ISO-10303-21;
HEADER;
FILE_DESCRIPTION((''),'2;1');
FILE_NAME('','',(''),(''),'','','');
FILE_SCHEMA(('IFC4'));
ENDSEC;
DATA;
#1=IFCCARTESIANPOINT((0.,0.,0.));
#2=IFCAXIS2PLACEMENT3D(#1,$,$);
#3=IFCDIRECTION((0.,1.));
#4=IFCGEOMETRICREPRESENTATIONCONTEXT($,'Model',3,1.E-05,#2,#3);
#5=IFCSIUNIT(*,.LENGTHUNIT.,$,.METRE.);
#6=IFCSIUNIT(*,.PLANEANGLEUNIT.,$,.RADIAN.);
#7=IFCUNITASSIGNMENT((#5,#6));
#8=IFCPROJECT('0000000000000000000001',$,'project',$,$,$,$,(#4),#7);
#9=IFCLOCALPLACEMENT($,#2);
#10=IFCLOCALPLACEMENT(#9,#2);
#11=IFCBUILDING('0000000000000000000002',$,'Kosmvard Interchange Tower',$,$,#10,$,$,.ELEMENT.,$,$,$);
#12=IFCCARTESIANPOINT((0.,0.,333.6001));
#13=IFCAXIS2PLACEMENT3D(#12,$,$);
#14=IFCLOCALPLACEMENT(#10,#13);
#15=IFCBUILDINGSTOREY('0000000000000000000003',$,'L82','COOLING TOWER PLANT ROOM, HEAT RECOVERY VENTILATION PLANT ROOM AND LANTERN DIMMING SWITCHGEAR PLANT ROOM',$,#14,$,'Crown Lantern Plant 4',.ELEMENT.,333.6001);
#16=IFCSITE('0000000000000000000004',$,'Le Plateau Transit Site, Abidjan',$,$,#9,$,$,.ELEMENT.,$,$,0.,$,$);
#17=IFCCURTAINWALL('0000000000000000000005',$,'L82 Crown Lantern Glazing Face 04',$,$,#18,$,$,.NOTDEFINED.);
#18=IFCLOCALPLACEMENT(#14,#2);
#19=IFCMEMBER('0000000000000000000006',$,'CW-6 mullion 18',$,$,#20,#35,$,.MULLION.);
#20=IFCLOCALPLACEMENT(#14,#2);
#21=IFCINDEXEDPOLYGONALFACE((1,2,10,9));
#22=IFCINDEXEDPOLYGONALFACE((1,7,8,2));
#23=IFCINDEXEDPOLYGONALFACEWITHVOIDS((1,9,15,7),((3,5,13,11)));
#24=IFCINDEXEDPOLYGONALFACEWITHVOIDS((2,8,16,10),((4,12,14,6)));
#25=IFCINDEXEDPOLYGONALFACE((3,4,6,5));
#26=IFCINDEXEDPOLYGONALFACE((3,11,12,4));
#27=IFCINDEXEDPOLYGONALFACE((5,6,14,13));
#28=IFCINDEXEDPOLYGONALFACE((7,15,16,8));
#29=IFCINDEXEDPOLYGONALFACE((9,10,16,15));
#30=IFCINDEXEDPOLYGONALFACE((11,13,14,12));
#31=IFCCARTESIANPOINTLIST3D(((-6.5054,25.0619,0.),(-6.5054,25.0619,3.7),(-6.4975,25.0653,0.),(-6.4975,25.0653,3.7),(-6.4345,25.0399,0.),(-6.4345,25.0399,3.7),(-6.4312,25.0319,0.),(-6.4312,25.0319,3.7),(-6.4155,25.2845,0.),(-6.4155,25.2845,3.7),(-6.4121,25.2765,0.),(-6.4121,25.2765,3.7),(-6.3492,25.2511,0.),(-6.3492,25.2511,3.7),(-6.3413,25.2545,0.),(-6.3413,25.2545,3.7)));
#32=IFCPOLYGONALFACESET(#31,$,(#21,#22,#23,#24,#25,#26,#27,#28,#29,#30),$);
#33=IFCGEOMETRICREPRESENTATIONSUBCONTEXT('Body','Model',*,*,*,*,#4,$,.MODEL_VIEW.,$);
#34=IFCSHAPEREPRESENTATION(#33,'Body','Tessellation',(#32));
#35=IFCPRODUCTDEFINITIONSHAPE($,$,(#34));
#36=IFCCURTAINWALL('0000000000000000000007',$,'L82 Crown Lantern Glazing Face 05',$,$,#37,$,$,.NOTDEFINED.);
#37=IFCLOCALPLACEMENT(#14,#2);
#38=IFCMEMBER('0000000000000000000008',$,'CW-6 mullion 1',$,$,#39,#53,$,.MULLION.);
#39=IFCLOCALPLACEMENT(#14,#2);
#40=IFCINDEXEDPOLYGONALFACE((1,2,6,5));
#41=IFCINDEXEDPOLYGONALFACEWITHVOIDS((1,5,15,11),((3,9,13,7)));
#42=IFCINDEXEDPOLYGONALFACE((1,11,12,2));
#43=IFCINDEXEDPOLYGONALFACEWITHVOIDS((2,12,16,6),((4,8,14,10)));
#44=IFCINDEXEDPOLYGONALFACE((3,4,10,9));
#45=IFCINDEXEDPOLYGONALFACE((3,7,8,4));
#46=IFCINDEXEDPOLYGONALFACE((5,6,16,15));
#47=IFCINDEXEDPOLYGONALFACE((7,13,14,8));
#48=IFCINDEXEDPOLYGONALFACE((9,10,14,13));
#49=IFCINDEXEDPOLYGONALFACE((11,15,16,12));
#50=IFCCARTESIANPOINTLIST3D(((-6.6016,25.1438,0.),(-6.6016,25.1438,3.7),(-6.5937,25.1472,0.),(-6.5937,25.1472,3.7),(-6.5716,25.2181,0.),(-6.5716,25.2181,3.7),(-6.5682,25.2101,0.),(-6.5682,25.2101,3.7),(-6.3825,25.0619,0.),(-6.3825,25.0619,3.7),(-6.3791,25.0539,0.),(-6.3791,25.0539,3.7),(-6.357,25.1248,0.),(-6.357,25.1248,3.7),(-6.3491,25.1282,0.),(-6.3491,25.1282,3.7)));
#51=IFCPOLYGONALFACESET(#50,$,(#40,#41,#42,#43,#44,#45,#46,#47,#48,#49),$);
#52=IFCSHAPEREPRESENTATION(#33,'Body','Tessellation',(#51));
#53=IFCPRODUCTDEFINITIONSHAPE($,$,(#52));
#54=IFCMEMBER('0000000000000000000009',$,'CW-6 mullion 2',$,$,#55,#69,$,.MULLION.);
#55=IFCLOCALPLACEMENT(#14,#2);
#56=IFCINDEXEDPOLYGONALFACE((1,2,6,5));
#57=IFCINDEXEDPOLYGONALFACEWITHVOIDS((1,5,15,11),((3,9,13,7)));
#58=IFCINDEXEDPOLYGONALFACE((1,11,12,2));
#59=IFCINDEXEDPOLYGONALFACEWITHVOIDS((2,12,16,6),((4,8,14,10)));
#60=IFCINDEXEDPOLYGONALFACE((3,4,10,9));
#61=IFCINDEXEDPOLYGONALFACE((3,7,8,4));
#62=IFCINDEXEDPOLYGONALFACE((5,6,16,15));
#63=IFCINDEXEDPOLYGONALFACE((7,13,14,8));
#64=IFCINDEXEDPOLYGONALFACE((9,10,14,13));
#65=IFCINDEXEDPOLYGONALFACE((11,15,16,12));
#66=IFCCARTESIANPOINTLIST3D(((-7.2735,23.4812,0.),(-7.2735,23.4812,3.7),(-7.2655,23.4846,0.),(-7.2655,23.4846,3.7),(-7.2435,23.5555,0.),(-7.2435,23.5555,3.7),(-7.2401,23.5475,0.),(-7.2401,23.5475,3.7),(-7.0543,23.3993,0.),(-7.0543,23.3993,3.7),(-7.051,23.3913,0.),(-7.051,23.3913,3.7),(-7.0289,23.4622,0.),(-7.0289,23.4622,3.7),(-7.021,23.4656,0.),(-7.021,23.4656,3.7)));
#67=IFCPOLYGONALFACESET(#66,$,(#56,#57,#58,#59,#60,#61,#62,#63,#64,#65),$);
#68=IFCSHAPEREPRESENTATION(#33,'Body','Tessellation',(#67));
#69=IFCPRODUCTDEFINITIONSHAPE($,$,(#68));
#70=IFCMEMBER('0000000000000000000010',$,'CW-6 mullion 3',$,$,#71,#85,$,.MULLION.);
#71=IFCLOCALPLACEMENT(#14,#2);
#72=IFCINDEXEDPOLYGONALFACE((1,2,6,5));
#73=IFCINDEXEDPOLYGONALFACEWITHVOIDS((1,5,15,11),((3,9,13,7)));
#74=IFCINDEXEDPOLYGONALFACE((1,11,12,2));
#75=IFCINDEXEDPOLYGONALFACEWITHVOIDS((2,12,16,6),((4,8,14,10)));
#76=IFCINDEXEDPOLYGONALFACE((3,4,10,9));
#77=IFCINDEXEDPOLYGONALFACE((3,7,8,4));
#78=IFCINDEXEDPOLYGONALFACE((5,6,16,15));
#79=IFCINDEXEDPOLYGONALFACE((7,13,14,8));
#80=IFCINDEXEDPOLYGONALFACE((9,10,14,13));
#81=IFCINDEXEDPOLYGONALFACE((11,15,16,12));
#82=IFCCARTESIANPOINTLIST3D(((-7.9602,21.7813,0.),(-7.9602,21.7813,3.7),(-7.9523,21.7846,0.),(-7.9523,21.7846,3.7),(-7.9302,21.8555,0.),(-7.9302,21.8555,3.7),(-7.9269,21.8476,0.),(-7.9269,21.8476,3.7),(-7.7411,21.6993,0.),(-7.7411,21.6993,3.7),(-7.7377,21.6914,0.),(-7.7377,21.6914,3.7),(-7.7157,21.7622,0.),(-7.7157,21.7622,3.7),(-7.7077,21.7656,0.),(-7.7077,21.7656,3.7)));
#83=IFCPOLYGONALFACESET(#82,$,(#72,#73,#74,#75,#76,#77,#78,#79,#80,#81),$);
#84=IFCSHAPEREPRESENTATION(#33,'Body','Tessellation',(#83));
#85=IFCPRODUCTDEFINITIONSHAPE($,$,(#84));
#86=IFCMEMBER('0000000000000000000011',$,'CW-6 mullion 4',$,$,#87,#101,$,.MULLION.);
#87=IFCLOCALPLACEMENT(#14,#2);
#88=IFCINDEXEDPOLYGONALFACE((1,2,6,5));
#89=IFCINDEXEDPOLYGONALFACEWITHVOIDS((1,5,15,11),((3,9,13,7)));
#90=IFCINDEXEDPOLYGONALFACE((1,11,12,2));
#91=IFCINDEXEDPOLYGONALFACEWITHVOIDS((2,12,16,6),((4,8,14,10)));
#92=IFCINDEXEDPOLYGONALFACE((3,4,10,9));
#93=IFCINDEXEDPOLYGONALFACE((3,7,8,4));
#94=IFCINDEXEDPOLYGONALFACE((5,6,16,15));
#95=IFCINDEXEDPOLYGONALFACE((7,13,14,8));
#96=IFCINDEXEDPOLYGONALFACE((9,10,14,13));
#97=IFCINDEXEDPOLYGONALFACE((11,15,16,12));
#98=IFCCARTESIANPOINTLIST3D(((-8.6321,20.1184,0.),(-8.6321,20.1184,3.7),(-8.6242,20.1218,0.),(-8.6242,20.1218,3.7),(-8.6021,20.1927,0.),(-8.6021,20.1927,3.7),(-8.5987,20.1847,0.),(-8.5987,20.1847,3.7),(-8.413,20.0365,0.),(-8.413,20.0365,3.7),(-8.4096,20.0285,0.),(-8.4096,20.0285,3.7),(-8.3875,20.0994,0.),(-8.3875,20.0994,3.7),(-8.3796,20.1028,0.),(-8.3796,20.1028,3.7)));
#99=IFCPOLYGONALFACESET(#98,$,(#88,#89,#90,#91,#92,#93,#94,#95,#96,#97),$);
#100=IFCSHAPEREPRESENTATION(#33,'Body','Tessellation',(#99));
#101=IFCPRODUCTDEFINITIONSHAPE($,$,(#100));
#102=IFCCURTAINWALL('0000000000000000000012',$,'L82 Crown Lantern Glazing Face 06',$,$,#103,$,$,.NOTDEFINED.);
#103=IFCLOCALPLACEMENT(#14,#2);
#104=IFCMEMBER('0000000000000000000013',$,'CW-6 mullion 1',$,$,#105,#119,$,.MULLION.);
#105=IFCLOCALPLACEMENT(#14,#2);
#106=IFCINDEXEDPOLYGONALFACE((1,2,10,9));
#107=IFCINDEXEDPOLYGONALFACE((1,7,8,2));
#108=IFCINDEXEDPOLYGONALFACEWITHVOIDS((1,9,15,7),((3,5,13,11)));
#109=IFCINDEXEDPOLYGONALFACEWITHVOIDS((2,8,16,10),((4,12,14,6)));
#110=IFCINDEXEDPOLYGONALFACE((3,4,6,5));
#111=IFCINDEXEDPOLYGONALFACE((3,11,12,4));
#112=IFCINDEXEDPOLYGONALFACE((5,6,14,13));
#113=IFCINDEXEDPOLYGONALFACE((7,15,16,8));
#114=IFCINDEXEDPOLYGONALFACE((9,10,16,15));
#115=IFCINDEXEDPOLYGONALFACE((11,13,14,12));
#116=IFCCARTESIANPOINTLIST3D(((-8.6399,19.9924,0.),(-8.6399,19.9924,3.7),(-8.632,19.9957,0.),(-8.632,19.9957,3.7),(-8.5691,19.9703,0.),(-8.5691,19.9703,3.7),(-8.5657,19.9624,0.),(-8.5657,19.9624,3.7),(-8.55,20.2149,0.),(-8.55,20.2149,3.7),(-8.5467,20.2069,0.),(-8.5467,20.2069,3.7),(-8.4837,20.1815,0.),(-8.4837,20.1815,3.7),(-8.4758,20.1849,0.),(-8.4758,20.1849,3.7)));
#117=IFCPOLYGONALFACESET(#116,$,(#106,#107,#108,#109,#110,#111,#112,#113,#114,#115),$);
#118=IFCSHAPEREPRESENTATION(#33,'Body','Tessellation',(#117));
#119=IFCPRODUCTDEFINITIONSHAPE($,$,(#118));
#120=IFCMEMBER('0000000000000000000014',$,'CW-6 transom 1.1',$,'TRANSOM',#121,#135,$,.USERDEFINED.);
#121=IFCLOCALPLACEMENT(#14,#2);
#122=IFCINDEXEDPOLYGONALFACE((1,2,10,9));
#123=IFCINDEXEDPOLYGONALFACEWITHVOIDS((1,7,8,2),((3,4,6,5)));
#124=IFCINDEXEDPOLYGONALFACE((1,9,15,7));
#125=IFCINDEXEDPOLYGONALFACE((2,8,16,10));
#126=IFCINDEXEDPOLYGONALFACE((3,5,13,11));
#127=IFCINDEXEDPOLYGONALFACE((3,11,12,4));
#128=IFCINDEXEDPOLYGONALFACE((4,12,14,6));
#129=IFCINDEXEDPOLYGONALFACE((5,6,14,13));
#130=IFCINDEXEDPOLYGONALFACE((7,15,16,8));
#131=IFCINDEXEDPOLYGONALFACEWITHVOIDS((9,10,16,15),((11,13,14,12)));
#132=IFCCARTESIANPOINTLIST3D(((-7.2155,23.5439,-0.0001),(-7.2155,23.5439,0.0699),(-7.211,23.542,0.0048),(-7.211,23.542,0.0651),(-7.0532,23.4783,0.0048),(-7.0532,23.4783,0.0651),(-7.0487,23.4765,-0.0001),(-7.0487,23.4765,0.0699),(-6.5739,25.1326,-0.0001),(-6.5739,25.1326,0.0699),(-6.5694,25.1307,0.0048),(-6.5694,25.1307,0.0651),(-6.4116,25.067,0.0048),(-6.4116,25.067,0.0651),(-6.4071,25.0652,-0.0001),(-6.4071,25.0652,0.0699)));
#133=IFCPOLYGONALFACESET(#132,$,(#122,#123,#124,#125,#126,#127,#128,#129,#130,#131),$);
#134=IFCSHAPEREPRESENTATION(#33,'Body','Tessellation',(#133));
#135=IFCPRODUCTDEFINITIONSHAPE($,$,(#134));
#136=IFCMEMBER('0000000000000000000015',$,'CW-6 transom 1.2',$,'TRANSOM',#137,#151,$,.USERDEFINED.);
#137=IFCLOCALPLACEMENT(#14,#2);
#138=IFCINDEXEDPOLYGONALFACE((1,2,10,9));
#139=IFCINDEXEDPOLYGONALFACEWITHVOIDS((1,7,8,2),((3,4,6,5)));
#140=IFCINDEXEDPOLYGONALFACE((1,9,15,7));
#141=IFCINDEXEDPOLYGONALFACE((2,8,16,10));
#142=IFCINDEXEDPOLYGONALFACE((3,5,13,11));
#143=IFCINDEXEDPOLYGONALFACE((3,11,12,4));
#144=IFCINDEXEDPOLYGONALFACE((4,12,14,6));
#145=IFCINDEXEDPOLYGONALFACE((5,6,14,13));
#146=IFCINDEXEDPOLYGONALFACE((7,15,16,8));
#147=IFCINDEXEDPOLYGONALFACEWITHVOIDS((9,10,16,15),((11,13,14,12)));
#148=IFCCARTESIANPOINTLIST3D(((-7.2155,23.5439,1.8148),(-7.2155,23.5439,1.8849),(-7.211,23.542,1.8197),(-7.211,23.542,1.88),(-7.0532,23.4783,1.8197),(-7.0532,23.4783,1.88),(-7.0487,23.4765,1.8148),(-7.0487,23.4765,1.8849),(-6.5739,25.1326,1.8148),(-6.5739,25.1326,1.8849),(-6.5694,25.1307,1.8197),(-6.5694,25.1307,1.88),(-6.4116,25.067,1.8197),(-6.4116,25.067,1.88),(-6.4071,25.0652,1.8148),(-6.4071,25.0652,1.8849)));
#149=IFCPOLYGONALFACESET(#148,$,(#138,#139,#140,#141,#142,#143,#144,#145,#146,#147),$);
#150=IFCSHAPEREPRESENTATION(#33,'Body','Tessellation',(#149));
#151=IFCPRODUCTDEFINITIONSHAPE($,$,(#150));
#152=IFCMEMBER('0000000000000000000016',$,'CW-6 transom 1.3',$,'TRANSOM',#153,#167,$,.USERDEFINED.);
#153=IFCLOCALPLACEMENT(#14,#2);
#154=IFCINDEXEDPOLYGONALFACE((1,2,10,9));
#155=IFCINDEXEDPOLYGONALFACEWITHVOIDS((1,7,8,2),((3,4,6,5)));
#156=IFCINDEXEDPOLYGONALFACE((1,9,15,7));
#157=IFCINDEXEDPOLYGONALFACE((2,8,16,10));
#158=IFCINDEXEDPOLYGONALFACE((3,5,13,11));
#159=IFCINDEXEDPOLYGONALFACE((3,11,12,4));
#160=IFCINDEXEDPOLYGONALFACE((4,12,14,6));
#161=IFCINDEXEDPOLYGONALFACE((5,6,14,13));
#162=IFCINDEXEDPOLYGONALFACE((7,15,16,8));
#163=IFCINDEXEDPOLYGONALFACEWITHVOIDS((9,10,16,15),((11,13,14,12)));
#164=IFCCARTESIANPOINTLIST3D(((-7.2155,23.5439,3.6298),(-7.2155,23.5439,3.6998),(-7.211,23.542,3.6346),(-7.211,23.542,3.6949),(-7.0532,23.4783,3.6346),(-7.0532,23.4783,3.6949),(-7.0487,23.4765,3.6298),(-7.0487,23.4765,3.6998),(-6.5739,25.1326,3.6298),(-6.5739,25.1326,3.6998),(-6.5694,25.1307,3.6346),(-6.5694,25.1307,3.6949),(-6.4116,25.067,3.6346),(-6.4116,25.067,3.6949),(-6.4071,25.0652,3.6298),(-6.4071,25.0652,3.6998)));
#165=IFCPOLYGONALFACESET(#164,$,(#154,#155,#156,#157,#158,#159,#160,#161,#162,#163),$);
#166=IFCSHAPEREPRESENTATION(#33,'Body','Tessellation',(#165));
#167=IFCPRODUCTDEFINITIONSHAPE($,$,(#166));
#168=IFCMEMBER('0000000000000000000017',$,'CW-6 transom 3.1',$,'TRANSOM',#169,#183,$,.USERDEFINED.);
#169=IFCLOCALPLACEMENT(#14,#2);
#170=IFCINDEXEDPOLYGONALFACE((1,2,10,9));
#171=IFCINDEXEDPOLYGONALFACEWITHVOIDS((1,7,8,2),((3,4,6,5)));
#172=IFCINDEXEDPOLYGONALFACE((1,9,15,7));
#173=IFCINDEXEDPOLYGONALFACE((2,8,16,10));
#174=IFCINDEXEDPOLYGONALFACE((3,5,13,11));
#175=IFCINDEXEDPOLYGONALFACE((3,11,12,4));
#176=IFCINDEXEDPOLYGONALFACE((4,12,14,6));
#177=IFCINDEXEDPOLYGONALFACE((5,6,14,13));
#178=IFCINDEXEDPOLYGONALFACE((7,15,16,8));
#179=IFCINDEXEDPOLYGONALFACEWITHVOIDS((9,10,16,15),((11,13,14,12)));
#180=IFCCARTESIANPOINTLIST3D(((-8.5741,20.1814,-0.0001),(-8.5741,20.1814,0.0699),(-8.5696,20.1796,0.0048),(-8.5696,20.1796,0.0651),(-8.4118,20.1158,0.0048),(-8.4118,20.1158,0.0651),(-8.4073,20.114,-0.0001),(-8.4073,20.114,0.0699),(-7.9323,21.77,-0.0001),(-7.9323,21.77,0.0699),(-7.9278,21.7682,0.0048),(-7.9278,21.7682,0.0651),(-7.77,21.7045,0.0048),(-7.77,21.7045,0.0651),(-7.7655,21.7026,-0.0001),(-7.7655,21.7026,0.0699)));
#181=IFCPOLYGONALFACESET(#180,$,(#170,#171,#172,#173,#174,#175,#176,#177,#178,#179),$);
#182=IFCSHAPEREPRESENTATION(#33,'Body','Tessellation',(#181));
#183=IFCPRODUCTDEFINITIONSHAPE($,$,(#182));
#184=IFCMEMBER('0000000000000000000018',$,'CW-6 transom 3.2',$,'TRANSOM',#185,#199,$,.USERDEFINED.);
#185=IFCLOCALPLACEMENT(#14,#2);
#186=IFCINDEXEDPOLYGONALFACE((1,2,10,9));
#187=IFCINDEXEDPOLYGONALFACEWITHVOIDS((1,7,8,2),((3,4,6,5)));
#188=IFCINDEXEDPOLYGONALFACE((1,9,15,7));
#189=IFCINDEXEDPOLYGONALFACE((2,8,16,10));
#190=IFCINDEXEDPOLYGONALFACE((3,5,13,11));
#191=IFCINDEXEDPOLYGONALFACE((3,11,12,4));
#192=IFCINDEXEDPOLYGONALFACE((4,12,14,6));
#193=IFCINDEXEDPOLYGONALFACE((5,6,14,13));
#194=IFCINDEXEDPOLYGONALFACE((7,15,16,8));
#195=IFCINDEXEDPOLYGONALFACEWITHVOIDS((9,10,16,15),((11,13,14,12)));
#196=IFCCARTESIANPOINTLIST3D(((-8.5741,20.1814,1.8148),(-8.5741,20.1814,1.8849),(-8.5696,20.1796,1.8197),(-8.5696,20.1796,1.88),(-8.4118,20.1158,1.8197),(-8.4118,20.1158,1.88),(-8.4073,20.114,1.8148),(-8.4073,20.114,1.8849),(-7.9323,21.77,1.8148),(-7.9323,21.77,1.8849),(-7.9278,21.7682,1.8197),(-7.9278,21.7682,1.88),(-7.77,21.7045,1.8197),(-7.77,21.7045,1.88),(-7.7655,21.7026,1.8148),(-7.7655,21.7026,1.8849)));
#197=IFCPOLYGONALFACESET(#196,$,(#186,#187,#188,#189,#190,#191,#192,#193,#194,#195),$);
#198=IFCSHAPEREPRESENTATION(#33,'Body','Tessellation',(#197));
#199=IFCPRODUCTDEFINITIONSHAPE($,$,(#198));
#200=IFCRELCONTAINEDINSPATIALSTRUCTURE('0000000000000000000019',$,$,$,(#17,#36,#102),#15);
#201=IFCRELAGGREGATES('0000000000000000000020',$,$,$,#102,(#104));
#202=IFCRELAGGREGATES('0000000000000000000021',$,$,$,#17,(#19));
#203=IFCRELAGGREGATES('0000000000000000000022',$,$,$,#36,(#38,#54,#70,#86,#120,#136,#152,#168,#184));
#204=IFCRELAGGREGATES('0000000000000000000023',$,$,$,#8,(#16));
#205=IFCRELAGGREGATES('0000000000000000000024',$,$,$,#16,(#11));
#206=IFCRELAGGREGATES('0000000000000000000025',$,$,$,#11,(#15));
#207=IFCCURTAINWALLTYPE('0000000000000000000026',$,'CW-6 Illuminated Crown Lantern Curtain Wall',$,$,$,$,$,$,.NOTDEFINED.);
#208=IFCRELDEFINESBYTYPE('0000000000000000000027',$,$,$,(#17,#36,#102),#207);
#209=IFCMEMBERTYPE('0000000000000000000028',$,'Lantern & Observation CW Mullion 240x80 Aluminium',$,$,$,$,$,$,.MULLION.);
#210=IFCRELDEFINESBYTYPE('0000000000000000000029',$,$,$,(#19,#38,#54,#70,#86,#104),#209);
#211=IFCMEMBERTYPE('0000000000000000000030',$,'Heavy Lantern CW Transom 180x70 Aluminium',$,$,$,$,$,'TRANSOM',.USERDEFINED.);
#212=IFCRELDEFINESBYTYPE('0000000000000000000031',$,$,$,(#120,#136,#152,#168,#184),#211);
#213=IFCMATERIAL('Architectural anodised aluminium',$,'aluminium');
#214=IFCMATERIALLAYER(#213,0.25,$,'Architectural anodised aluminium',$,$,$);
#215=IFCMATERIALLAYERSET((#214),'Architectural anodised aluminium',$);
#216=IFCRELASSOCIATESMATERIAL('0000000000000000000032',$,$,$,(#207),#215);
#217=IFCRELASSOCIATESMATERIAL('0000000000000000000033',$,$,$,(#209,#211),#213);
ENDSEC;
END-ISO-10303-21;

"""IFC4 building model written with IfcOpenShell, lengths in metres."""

from ifc_helpers import new_model, si_unit, direction, frame, origin, origin_2d, place, context, subcontext, project, spatial, hollow_rectangle, extrude, source, transform, mapped, material, layer, layer_set, material_profile, profile_set, type_object, element, aggregate, save


model = new_model("IFC4")

# Units and contexts
model_context = context("Model", 3, precision=1e-05, world=origin(), true_north=direction((0.0, 1.0)))
body_context = subcontext(model_context, "Body", "Model", "MODEL_VIEW")
ifc_project = project(units=[si_unit("LENGTHUNIT", "METRE"), si_unit("PLANEANGLEUNIT", "RADIAN")], contexts=[model_context])

# Site, building, storey
site_placement = place(None, origin())
site = spatial("IfcSite", under=ifc_project, at=site_placement, Name="Le Plateau Transit Site, Abidjan", CompositionType="ELEMENT", RefElevation=0.0)
building_placement = place(site_placement, origin())
building = spatial("IfcBuilding", under=site, at=building_placement, Name="Kosmvard Interchange Tower", CompositionType="ELEMENT")
storey_placement = place(building_placement, frame((0.0, 0.0, 333.6001)))
storey = spatial("IfcBuildingStorey", under=building, at=storey_placement, Name="L82", Description="COOLING TOWER PLANT ROOM, HEAT RECOVERY VENTILATION PLANT ROOM AND LANTERN DIMMING SWITCHGEAR PLANT ROOM", LongName="Crown Lantern Plant 4", CompositionType="ELEMENT", Elevation=333.6001)

# Curtain wall, member
ifc_material_1 = material(Name="Architectural anodised aluminium", Category="aluminium")
ifc_layer_1 = layer(ifc_material_1, 0.25, Name="Architectural anodised aluminium")
ifc_layer_set_1 = layer_set([ifc_layer_1], Name="Architectural anodised aluminium")
curtain_wall_type = type_object("IfcCurtainWallType", Name="CW-6 Illuminated Crown Lantern Curtain Wall", PredefinedType="NOTDEFINED", material=ifc_layer_set_1)
curtain_wall_1_placement = place(storey_placement, origin())
curtain_wall_1 = element("IfcCurtainWall", 1, at=curtain_wall_1_placement, inside=storey, type_object=curtain_wall_type, Name="L82 Crown Lantern Glazing Face 04", PredefinedType="NOTDEFINED")
ifc_material_profile_1 = material_profile(ifc_material_1, hollow_rectangle(XDim=0.24, YDim=0.0801, WallThickness=0.0061, at=origin_2d()), Name="CWM 240x80x6")
ifc_profile_set_1 = profile_set([ifc_material_profile_1], Name="Architectural anodised aluminium")
member_type_1 = type_object("IfcMemberType", Name="Lantern & Observation CW Mullion 240x80 Aluminium", PredefinedType="MULLION", material=ifc_profile_set_1)
shared_shape_1 = source(origin(), body_context, "Body", "SweptSolid", [
    extrude(hollow_rectangle(XDim=0.24, YDim=0.0801, WallThickness=0.0061, at=origin_2d()), origin(), (0.0, 0.0, 1.0), 3.7),
])
member_1_placement = place(storey_placement, frame((-6.4233, 25.1582, 0.0), z_axis=(0.0, 0.0, 1.0), x_axis=(-0.374607, -0.927184, 0.0)))
member_1 = element("IfcMember", 2, at=member_1_placement, type_object=member_type_1, Name="CW-6 mullion 18", PredefinedType="MULLION", context=body_context, shape_type="MappedRepresentation", body=[
    mapped(shared_shape_1, transform((0.0, 0.0, 0.0), scale=1.0)),
])

# Curtain wall, members
curtain_wall_2_placement = place(storey_placement, origin())
curtain_wall_2 = element("IfcCurtainWall", 3, at=curtain_wall_2_placement, inside=storey, type_object=curtain_wall_type, Name="L82 Crown Lantern Glazing Face 05", PredefinedType="NOTDEFINED")
member_2_placement = place(storey_placement, frame((-6.4753, 25.136, 0.0), z_axis=(0.0, 0.0, 1.0), x_axis=(0.927184, -0.374607, 0.0)))
member_2 = element("IfcMember", 4, at=member_2_placement, type_object=member_type_1, Name="CW-6 mullion 1", PredefinedType="MULLION", context=body_context, shape_type="MappedRepresentation", body=[
    mapped(shared_shape_1, transform((0.0, 0.0, 0.0), scale=1.0)),
])
member_3_placement = place(storey_placement, frame((-7.1472, 23.4734, 0.0), z_axis=(0.0, 0.0, 1.0), x_axis=(0.927184, -0.374607, 0.0)))
member_3 = element("IfcMember", 5, at=member_3_placement, type_object=member_type_1, Name="CW-6 mullion 2", PredefinedType="MULLION", context=body_context, shape_type="MappedRepresentation", body=[
    mapped(shared_shape_1, transform((0.0, 0.0, 0.0), scale=1.0)),
])
member_4_placement = place(storey_placement, frame((-7.834, 21.7734, 0.0), z_axis=(0.0, 0.0, 1.0), x_axis=(0.927184, -0.374607, 0.0)))
member_4 = element("IfcMember", 6, at=member_4_placement, type_object=member_type_1, Name="CW-6 mullion 3", PredefinedType="MULLION", context=body_context, shape_type="MappedRepresentation", body=[
    mapped(shared_shape_1, transform((0.0, 0.0, 0.0), scale=1.0)),
])
member_5_placement = place(storey_placement, frame((-8.5059, 20.1106, 0.0), z_axis=(0.0, 0.0, 1.0), x_axis=(0.927184, -0.374607, 0.0)))
member_5 = element("IfcMember", 7, at=member_5_placement, type_object=member_type_1, Name="CW-6 mullion 4", PredefinedType="MULLION", context=body_context, shape_type="MappedRepresentation", body=[
    mapped(shared_shape_1, transform((0.0, 0.0, 0.0), scale=1.0)),
])

# Curtain wall, member
curtain_wall_3_placement = place(storey_placement, origin())
curtain_wall_3 = element("IfcCurtainWall", 8, at=curtain_wall_3_placement, inside=storey, type_object=curtain_wall_type, Name="L82 Crown Lantern Glazing Face 06", PredefinedType="NOTDEFINED")
member_6_placement = place(storey_placement, frame((-8.5579, 20.0886, 0.0), z_axis=(0.0, 0.0, 1.0), x_axis=(-0.374607, -0.927184, 0.0)))
member_6 = element("IfcMember", 9, at=member_6_placement, type_object=member_type_1, Name="CW-6 mullion 1", PredefinedType="MULLION", context=body_context, shape_type="MappedRepresentation", body=[
    mapped(shared_shape_1, transform((0.0, 0.0, 0.0), scale=1.0)),
])
aggregate(curtain_wall_3, [member_6])

# Members
ifc_material_profile_2 = material_profile(ifc_material_1, hollow_rectangle(XDim=0.1799, YDim=0.0701, WallThickness=0.0049, at=origin_2d()), Name="CWT 180x70x5")
ifc_profile_set_2 = profile_set([ifc_material_profile_2], Name="Architectural anodised aluminium")
member_type_2 = type_object("IfcMemberType", Name="Heavy Lantern CW Transom 180x70 Aluminium", ElementType="TRANSOM", PredefinedType="USERDEFINED", material=ifc_profile_set_2)
shared_shape_2 = source(origin(), body_context, "Body", "SweptSolid", [
    extrude(hollow_rectangle(XDim=0.1799, YDim=0.0701, WallThickness=0.0049, at=origin_2d()), origin(), (0.0, 0.0, 1.0), 1.7134),
])
member_7_placement = place(storey_placement, frame((-6.4905, 25.0989, 0.0349), z_axis=(-0.374484, -0.927233, 0.0), x_axis=(0.927233, -0.374484, 0.0)))
member_7 = element("IfcMember", 10, at=member_7_placement, type_object=member_type_2, Name="CW-6 transom 1.1", ObjectType="TRANSOM", PredefinedType="USERDEFINED", context=body_context, shape_type="MappedRepresentation", body=[
    mapped(shared_shape_2, transform((0.0, 0.0, 0.0), scale=1.0)),
])
member_8_placement = place(storey_placement, frame((-6.4905, 25.0989, 1.8499), z_axis=(-0.374484, -0.927233, 0.0), x_axis=(0.927233, -0.374484, 0.0)))
member_8 = element("IfcMember", 11, at=member_8_placement, type_object=member_type_2, Name="CW-6 transom 1.2", ObjectType="TRANSOM", PredefinedType="USERDEFINED", context=body_context, shape_type="MappedRepresentation", body=[
    mapped(shared_shape_2, transform((0.0, 0.0, 0.0), scale=1.0)),
])
member_9_placement = place(storey_placement, frame((-6.4905, 25.0989, 3.6648), z_axis=(-0.374484, -0.927233, 0.0), x_axis=(0.927233, -0.374484, 0.0)))
member_9 = element("IfcMember", 12, at=member_9_placement, type_object=member_type_2, Name="CW-6 transom 1.3", ObjectType="TRANSOM", PredefinedType="USERDEFINED", context=body_context, shape_type="MappedRepresentation", body=[
    mapped(shared_shape_2, transform((0.0, 0.0, 0.0), scale=1.0)),
])
member_10_placement = place(storey_placement, frame((-7.8489, 21.7363, 0.0349), z_axis=(-0.374607, -0.927184, 0.0), x_axis=(0.927184, -0.374607, 0.0)))
member_10 = element("IfcMember", 13, at=member_10_placement, type_object=member_type_2, Name="CW-6 transom 3.1", ObjectType="TRANSOM", PredefinedType="USERDEFINED", context=body_context, shape_type="MappedRepresentation", body=[
    mapped(shared_shape_2, transform((0.0, 0.0, 0.0), scale=1.0)),
])
member_11_placement = place(storey_placement, frame((-7.8489, 21.7363, 1.8499), z_axis=(-0.374607, -0.927184, 0.0), x_axis=(0.927184, -0.374607, 0.0)))
member_11 = element("IfcMember", 14, at=member_11_placement, type_object=member_type_2, Name="CW-6 transom 3.2", ObjectType="TRANSOM", PredefinedType="USERDEFINED", context=body_context, shape_type="MappedRepresentation", body=[
    mapped(shared_shape_2, transform((0.0, 0.0, 0.0), scale=1.0)),
])

aggregate(curtain_wall_1, [member_1])
aggregate(curtain_wall_2, [member_2, member_3, member_4, member_5, member_7, member_8, member_9, member_10, member_11])

save(model, "model.ifc")
